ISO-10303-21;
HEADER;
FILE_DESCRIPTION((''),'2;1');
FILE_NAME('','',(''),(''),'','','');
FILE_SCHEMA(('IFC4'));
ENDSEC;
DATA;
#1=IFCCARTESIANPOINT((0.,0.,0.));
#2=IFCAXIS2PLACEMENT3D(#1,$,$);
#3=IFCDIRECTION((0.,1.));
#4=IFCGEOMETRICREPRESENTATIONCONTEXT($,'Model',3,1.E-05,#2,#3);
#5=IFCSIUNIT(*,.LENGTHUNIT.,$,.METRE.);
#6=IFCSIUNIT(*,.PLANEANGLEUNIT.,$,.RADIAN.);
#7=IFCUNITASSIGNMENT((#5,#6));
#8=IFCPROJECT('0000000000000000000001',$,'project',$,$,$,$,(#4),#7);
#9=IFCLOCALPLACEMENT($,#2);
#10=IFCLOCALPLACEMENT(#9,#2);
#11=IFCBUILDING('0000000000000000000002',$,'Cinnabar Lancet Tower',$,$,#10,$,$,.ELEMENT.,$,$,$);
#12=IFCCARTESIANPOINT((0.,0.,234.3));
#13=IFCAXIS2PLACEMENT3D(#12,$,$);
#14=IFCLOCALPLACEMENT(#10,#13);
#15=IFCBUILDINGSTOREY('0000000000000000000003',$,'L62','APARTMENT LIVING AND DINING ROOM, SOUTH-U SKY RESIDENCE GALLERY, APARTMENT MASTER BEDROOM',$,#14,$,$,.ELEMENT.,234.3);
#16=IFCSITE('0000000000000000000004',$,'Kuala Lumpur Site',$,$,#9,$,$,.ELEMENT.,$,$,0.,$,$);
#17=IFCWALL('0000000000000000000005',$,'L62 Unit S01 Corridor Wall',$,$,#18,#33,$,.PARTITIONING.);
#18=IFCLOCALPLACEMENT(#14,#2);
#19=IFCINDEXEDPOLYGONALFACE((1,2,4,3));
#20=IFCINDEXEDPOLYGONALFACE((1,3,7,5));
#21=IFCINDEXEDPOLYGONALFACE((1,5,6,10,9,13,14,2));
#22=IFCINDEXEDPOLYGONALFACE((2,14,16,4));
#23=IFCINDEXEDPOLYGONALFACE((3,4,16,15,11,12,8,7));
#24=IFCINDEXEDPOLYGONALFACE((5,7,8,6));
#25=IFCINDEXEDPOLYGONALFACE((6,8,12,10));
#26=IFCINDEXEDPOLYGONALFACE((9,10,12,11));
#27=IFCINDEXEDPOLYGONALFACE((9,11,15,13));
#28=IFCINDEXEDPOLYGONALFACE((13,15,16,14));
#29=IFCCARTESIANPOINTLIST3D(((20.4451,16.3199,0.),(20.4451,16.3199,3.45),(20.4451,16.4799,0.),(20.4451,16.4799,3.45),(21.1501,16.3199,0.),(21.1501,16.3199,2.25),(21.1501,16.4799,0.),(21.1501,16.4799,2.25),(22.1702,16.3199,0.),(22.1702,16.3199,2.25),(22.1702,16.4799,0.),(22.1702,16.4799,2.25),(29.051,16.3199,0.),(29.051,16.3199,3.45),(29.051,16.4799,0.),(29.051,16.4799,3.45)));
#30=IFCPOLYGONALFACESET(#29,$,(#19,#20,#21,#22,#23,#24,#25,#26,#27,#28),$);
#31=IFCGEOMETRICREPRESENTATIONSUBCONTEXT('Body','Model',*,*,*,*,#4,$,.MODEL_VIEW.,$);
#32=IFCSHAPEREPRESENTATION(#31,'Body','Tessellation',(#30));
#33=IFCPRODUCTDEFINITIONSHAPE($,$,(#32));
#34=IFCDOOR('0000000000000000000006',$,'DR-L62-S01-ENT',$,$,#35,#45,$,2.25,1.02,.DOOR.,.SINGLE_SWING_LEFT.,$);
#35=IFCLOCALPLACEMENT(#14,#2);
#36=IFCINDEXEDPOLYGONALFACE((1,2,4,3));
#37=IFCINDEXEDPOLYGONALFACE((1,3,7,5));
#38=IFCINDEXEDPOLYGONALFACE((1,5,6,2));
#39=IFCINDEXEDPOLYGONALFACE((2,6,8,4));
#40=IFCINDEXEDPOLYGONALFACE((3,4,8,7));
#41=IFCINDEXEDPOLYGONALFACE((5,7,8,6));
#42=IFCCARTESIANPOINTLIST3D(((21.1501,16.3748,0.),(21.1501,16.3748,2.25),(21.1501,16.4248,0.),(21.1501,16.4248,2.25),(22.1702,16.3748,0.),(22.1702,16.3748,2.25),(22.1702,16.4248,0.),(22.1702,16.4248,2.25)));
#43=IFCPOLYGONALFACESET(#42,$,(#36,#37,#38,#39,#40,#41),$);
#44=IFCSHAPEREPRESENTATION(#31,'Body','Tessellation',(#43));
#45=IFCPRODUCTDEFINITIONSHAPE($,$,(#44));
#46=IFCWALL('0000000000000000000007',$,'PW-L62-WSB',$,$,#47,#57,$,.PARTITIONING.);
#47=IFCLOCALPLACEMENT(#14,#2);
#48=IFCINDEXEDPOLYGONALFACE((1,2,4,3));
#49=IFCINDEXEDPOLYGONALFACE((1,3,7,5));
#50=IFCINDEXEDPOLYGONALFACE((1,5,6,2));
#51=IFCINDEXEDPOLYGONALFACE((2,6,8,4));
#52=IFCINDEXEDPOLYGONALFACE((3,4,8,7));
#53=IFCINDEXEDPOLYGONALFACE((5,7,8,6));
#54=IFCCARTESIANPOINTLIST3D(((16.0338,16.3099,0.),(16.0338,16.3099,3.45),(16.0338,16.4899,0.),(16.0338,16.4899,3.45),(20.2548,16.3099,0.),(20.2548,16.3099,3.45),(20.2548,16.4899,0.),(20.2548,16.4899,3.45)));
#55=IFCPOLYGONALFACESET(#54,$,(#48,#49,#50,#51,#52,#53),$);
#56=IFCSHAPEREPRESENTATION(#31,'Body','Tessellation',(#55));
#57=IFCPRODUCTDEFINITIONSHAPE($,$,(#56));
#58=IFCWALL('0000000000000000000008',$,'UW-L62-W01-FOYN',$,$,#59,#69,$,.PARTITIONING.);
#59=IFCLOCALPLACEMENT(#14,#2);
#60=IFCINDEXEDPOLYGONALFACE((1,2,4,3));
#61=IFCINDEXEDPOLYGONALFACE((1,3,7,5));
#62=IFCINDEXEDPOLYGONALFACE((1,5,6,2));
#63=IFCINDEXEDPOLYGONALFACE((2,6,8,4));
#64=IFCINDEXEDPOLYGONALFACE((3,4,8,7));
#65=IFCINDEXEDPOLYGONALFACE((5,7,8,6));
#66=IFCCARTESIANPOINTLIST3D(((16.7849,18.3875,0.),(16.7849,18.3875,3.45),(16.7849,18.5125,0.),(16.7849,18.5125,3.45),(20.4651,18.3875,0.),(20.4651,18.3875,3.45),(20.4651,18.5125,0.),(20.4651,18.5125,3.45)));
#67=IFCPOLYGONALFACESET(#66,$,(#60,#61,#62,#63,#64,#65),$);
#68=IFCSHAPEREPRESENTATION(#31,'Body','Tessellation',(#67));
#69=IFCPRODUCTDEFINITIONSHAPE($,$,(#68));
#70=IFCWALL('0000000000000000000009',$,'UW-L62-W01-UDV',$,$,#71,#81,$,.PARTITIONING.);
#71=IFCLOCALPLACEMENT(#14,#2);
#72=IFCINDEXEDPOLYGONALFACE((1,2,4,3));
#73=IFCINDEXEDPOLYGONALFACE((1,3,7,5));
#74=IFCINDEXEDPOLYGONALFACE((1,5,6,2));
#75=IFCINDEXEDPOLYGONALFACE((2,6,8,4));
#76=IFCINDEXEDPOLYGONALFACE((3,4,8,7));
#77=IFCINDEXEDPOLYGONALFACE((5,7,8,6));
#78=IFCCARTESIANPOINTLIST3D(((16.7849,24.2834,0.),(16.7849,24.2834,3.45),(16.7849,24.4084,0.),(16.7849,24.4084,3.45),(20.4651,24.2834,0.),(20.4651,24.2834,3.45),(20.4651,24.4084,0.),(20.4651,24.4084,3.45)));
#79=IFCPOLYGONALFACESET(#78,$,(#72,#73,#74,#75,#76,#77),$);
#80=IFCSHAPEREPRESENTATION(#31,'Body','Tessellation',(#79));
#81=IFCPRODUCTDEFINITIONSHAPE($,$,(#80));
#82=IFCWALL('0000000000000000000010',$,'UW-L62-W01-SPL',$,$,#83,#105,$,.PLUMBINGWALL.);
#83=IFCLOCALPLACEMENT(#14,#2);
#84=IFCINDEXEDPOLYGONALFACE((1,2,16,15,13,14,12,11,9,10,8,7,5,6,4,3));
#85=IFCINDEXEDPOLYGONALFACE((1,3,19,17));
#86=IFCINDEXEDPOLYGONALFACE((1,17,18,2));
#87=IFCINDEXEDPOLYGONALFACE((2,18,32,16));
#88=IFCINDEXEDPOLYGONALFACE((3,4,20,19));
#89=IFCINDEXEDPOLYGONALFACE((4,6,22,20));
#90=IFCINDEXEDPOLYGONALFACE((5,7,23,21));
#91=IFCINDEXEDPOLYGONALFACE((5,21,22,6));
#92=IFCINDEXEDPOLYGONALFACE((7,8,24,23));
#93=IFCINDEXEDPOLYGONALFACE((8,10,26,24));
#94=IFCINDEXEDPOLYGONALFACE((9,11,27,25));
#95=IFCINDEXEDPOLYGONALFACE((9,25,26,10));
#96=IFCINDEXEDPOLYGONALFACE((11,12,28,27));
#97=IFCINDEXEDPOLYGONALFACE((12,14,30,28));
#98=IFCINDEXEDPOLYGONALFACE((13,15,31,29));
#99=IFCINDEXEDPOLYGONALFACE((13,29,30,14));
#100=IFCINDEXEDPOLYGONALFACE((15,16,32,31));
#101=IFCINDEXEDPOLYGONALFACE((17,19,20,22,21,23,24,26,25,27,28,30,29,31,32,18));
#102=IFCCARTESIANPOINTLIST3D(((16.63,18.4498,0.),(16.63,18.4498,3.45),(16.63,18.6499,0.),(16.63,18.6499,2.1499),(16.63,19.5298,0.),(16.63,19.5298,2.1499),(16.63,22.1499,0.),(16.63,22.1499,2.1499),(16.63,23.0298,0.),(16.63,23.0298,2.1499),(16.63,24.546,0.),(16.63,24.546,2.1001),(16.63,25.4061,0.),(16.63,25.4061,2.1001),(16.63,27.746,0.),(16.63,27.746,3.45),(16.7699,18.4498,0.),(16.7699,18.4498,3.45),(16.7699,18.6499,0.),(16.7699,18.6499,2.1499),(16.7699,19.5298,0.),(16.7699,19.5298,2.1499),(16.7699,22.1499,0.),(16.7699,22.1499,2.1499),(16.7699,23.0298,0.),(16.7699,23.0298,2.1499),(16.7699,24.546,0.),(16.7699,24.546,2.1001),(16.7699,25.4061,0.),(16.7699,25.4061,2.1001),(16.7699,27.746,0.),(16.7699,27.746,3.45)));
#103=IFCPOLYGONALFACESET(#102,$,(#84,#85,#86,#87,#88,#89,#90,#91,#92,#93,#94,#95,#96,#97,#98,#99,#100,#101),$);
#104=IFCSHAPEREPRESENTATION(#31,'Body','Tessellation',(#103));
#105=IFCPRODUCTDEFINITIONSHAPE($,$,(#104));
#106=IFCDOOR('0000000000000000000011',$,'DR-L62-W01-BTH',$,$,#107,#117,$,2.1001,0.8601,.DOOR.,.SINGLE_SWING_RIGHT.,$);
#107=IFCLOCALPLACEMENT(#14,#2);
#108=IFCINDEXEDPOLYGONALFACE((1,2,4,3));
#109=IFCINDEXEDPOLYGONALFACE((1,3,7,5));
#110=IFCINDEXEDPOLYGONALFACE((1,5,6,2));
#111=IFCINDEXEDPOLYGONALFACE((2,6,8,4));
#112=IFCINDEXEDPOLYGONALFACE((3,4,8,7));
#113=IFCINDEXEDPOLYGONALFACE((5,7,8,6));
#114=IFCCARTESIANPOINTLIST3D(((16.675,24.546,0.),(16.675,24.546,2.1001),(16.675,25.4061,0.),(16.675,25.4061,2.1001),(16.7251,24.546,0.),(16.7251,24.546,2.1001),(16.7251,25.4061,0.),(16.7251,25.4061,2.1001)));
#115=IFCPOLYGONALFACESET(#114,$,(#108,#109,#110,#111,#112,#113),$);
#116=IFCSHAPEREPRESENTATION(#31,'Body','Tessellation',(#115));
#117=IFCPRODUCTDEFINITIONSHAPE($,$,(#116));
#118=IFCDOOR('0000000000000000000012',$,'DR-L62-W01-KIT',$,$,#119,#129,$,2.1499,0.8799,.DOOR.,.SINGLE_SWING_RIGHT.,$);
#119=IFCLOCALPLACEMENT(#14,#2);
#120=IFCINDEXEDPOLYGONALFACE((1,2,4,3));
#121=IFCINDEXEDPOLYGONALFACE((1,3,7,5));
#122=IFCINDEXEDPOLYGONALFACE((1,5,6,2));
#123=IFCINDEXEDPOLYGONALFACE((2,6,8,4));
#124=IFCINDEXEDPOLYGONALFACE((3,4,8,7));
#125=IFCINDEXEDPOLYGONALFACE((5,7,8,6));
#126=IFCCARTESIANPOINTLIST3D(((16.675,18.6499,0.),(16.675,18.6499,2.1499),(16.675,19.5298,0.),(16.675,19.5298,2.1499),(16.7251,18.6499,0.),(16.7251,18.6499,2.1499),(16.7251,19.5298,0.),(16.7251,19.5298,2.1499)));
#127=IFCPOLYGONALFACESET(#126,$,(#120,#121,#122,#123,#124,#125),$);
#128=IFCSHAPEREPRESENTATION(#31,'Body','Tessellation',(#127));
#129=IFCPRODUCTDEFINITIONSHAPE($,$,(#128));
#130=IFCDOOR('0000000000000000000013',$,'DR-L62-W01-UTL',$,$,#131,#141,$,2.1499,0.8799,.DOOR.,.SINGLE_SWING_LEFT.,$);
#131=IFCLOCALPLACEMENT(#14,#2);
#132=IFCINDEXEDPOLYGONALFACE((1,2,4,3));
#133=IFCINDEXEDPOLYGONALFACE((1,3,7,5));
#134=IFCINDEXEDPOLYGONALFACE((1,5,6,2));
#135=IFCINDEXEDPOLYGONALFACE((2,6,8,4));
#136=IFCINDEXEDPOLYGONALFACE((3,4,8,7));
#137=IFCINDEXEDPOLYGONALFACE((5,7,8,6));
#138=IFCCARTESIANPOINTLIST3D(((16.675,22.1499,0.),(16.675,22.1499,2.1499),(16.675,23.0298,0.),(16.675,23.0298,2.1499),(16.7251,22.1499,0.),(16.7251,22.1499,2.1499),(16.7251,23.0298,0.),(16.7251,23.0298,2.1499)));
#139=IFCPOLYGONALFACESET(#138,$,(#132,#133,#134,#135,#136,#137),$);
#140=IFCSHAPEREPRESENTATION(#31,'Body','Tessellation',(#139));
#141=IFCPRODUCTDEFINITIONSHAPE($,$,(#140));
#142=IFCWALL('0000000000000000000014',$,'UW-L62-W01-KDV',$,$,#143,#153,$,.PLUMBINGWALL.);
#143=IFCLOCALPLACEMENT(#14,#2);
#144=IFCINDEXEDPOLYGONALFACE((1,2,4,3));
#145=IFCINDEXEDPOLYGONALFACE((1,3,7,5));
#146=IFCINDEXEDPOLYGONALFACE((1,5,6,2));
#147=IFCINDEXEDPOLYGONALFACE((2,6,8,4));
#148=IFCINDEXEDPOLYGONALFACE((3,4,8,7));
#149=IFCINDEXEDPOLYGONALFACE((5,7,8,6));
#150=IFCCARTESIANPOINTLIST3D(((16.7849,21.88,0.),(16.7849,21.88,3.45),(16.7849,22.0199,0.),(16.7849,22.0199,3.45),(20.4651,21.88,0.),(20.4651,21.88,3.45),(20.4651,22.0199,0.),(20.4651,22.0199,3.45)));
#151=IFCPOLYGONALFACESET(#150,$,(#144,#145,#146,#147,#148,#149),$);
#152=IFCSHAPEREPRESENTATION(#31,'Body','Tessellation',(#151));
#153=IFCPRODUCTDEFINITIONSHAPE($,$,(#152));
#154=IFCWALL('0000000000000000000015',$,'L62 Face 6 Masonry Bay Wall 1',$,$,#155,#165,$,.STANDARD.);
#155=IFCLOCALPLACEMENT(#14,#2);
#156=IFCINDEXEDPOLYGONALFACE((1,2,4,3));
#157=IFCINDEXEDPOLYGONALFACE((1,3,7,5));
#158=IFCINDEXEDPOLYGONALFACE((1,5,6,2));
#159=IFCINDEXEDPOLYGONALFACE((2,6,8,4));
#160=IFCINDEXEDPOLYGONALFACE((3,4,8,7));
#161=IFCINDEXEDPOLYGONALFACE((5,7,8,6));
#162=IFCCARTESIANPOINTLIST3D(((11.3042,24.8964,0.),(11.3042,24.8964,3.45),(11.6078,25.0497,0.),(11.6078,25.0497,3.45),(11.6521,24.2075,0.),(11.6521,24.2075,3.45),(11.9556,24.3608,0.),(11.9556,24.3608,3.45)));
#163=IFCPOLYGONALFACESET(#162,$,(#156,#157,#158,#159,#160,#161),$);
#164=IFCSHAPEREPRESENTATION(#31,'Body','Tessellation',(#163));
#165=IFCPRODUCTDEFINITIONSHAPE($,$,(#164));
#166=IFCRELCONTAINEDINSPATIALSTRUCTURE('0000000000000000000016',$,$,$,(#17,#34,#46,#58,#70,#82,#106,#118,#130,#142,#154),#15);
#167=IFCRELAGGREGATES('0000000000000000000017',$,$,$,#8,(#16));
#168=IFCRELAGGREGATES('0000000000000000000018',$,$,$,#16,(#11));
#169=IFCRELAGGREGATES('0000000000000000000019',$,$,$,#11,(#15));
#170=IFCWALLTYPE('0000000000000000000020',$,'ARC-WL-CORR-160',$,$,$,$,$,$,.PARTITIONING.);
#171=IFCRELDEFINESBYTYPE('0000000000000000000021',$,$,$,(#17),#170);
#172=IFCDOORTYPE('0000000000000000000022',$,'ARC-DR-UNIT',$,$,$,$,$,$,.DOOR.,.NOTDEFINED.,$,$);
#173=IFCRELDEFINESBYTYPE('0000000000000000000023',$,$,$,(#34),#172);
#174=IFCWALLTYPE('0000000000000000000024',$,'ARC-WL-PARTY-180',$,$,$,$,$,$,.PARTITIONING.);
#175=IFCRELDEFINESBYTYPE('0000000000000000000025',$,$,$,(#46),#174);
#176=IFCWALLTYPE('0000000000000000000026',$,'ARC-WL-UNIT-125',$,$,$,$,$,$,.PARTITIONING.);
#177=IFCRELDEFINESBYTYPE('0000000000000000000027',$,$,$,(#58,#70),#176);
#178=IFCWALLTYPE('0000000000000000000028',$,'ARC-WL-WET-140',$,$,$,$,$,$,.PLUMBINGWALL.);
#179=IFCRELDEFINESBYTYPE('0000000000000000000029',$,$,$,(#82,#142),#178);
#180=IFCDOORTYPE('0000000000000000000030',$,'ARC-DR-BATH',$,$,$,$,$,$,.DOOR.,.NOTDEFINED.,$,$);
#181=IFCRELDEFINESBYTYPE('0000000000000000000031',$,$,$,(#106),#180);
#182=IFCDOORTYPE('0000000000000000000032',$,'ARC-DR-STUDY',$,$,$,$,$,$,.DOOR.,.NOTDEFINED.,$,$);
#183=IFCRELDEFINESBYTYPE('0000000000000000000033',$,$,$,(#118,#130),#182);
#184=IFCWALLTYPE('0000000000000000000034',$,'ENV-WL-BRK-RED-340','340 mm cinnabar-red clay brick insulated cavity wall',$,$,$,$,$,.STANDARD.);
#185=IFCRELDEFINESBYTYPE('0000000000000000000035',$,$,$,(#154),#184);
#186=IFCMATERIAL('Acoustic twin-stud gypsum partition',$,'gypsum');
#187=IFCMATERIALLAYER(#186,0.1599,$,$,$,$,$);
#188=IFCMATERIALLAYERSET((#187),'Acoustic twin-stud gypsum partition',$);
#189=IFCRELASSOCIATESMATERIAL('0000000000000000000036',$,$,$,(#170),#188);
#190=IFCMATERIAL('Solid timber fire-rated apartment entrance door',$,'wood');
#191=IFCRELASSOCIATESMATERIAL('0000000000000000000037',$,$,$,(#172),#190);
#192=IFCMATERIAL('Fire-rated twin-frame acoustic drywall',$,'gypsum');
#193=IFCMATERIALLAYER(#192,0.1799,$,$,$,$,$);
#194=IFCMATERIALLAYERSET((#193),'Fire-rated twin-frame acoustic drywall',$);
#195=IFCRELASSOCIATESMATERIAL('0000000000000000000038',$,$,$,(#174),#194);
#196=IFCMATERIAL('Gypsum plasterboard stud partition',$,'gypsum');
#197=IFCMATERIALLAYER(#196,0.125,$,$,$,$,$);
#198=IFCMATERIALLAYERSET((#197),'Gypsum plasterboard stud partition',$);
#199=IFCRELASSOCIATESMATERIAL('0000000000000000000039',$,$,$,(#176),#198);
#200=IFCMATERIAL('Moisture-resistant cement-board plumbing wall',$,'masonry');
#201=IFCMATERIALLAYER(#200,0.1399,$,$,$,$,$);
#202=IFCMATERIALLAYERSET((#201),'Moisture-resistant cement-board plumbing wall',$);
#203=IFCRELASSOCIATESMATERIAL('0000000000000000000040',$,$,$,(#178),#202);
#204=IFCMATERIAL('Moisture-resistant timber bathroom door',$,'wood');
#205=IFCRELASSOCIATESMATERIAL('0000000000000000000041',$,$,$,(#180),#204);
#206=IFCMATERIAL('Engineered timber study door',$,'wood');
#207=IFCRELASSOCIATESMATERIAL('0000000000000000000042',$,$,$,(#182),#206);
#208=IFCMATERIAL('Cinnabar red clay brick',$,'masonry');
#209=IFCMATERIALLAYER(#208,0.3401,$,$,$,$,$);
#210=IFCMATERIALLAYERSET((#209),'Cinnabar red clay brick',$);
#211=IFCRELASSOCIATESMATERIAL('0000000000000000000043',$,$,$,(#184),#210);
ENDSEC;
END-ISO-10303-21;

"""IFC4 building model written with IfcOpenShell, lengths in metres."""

from ifc_helpers import new_model, si_unit, direction, frame, frame_2d, origin, place, context, subcontext, project, spatial, rectangle, extrude, material, layer, layer_set, type_object, element, fill, save


model = new_model("IFC4")

# Units and contexts
model_context = context("Model", 3, precision=1e-05, world=origin(), true_north=direction((0.0, 1.0)))
body_context = subcontext(model_context, "Body", "Model", "MODEL_VIEW")
ifc_project = project(units=[si_unit("LENGTHUNIT", "METRE"), si_unit("PLANEANGLEUNIT", "RADIAN")], contexts=[model_context])

# Site, building, storey
site_placement = place(None, origin())
site = spatial("IfcSite", under=ifc_project, at=site_placement, Name="Kuala Lumpur Site", CompositionType="ELEMENT", RefElevation=0.0)
building_placement = place(site_placement, origin())
building = spatial("IfcBuilding", under=site, at=building_placement, Name="Cinnabar Lancet Tower", CompositionType="ELEMENT")
storey_placement = place(building_placement, frame((0.0, 0.0, 234.3)))
storey = spatial("IfcBuildingStorey", under=building, at=storey_placement, Name="L62", Description="APARTMENT LIVING AND DINING ROOM, SOUTH-U SKY RESIDENCE GALLERY, APARTMENT MASTER BEDROOM", CompositionType="ELEMENT", Elevation=234.3)

# Wall, opening, door
ifc_material_1 = material(Name="Acoustic twin-stud gypsum partition", Category="gypsum")
ifc_layer_1 = layer(ifc_material_1, 0.1599)
ifc_layer_set_1 = layer_set([ifc_layer_1], Name="Acoustic twin-stud gypsum partition")
wall_type_1 = type_object("IfcWallType", Name="ARC-WL-CORR-160", PredefinedType="PARTITIONING", material=ifc_layer_set_1)
wall_1_placement = place(storey_placement, frame((20.4451, 16.3999, 0.0), z_axis=(0.0, 0.0, 1.0), x_axis=(1.0, 0.0, 0.0)))
wall_1 = element("IfcWall", 1, at=wall_1_placement, inside=storey, type_object=wall_type_1, Name="L62 Unit S01 Corridor Wall", PredefinedType="PARTITIONING", context=body_context, shape_type="SweptSolid", body=[
    extrude(rectangle(XDim=8.606, YDim=0.1599, at=frame_2d((4.303, 0.0))), origin(), (0.0, 0.0, 1.0), 3.45),
])
opening_1_placement = place(wall_1_placement, frame((0.7051, 0.0, 0.0)))
opening_1 = element("IfcOpeningElement", 2, at=opening_1_placement, cuts=wall_1, PredefinedType="OPENING", context=body_context, shape_type="SweptSolid", body=[
    extrude(rectangle(XDim=1.02, YDim=2.25, at=frame_2d((0.51, 1.125))), frame((0.0, 0.0898, 0.0), z_axis=(0.0, -1.0, 0.0), x_axis=(1.0, 0.0, 0.0)), (0.0, 0.0, 1.0), 0.1799),
])
ifc_material_2 = material(Name="Solid timber fire-rated apartment entrance door", Category="wood")
door_type_1 = type_object("IfcDoorType", Name="ARC-DR-UNIT", OperationType="NOTDEFINED", PredefinedType="DOOR", material=ifc_material_2)
door_1_placement = place(opening_1_placement, origin())
door_1 = element("IfcDoor", 3, at=door_1_placement, inside=storey, type_object=door_type_1, Name="DR-L62-S01-ENT", OperationType="SINGLE_SWING_LEFT", OverallHeight=2.25, OverallWidth=1.02, PredefinedType="DOOR", context=body_context, shape_type="SweptSolid", body=[
    extrude(rectangle(XDim=1.02, YDim=2.25, at=frame_2d((0.51, 1.125))), frame((0.0, 0.0249, 0.0), z_axis=(0.0, -1.0, 0.0), x_axis=(1.0, 0.0, 0.0)), (0.0, 0.0, 1.0), 0.05),
])
fill(opening_1, door_1)

# Walls
ifc_material_3 = material(Name="Fire-rated twin-frame acoustic drywall", Category="gypsum")
ifc_layer_2 = layer(ifc_material_3, 0.1799)
ifc_layer_set_2 = layer_set([ifc_layer_2], Name="Fire-rated twin-frame acoustic drywall")
wall_type_2 = type_object("IfcWallType", Name="ARC-WL-PARTY-180", PredefinedType="PARTITIONING", material=ifc_layer_set_2)
wall_2_placement = place(storey_placement, frame((16.0339, 16.3999, 0.0), z_axis=(0.0, 0.0, 1.0), x_axis=(1.0, 0.0, 0.0)))
element("IfcWall", 4, at=wall_2_placement, inside=storey, type_object=wall_type_2, Name="PW-L62-WSB", PredefinedType="PARTITIONING", context=body_context, shape_type="SweptSolid", body=[
    extrude(rectangle(XDim=4.2209, YDim=0.1799, at=frame_2d((2.1104, 0.0))), origin(), (0.0, 0.0, 1.0), 3.45),
])
ifc_material_4 = material(Name="Gypsum plasterboard stud partition", Category="gypsum")
ifc_layer_3 = layer(ifc_material_4, 0.125)
ifc_layer_set_3 = layer_set([ifc_layer_3], Name="Gypsum plasterboard stud partition")
wall_type_3 = type_object("IfcWallType", Name="ARC-WL-UNIT-125", PredefinedType="PARTITIONING", material=ifc_layer_set_3)
for number, where, z_axis, x_axis, name in (
    (5, (16.7849, 18.45, 0.0), (0.0, 0.0, 1.0), (1.0, 0.0, 0.0), "UW-L62-W01-FOYN"),
    (6, (16.7849, 24.3459, 0.0), (0.0, 0.0, 1.0), (1.0, 0.0, 0.0), "UW-L62-W01-UDV"),
):
    element("IfcWall", number, at=place(storey_placement, frame(where, z_axis=z_axis, x_axis=x_axis)), inside=storey, type_object=wall_type_3, Name=name, PredefinedType="PARTITIONING", context=body_context, shape_type="SweptSolid", body=[
        extrude(rectangle(XDim=3.6802, YDim=0.125, at=frame_2d((1.8401, 0.0))), origin(), (0.0, 0.0, 1.0), 3.45),
    ])

# Wall, openings, doors
ifc_material_5 = material(Name="Moisture-resistant cement-board plumbing wall", Category="masonry")
ifc_layer_4 = layer(ifc_material_5, 0.1399)
ifc_layer_set_4 = layer_set([ifc_layer_4], Name="Moisture-resistant cement-board plumbing wall")
wall_type_4 = type_object("IfcWallType", Name="ARC-WL-WET-140", PredefinedType="PLUMBINGWALL", material=ifc_layer_set_4)
wall_3_placement = place(storey_placement, frame((16.7, 18.45, 0.0), z_axis=(0.0, 0.0, 1.0), x_axis=(0.0, 1.0, 0.0)))
wall_3 = element("IfcWall", 7, at=wall_3_placement, inside=storey, type_object=wall_type_4, Name="UW-L62-W01-SPL", PredefinedType="PLUMBINGWALL", context=body_context, shape_type="SweptSolid", body=[
    extrude(rectangle(XDim=9.2961, YDim=0.1399, at=frame_2d((4.6479, 0.0))), origin(), (0.0, 0.0, 1.0), 3.45),
])
opening_2_placement = place(wall_3_placement, frame((0.2, 0.0, 0.0)))
opening_2 = element("IfcOpeningElement", 8, at=opening_2_placement, cuts=wall_3, PredefinedType="OPENING", context=body_context, shape_type="SweptSolid", body=[
    extrude(rectangle(XDim=0.8799, YDim=2.1499, at=frame_2d((0.4399, 1.075))), frame((0.0, 0.0798, 0.0), z_axis=(0.0, -1.0, 0.0), x_axis=(1.0, 0.0, 0.0)), (0.0, 0.0, 1.0), 0.1599),
])
opening_3_placement = place(wall_3_placement, frame((3.7, 0.0, 0.0)))
opening_3 = element("IfcOpeningElement", 9, at=opening_3_placement, cuts=wall_3, PredefinedType="OPENING", context=body_context, shape_type="SweptSolid", body=[
    extrude(rectangle(XDim=0.8799, YDim=2.1499, at=frame_2d((0.4399, 1.075))), frame((0.0, 0.0798, 0.0), z_axis=(0.0, -1.0, 0.0), x_axis=(1.0, 0.0, 0.0)), (0.0, 0.0, 1.0), 0.1599),
])
opening_4_placement = place(wall_3_placement, frame((6.0959, 0.0, 0.0)))
opening_4 = element("IfcOpeningElement", 10, at=opening_4_placement, cuts=wall_3, PredefinedType="OPENING", context=body_context, shape_type="SweptSolid", body=[
    extrude(rectangle(XDim=0.8601, YDim=2.1001, at=frame_2d((0.4302, 1.05))), frame((0.0, 0.0798, 0.0), z_axis=(0.0, -1.0, 0.0), x_axis=(1.0, 0.0, 0.0)), (0.0, 0.0, 1.0), 0.1599),
])
ifc_material_6 = material(Name="Moisture-resistant timber bathroom door", Category="wood")
door_type_2 = type_object("IfcDoorType", Name="ARC-DR-BATH", OperationType="NOTDEFINED", PredefinedType="DOOR", material=ifc_material_6)
door_2_placement = place(opening_4_placement, origin())
door_2 = element("IfcDoor", 11, at=door_2_placement, inside=storey, type_object=door_type_2, Name="DR-L62-W01-BTH", OperationType="SINGLE_SWING_RIGHT", OverallHeight=2.1001, OverallWidth=0.8601, PredefinedType="DOOR", context=body_context, shape_type="SweptSolid", body=[
    extrude(rectangle(XDim=0.8601, YDim=2.1001, at=frame_2d((0.4302, 1.05))), frame((0.0, 0.0249, 0.0), z_axis=(0.0, -1.0, 0.0), x_axis=(1.0, 0.0, 0.0)), (0.0, 0.0, 1.0), 0.05),
])
fill(opening_4, door_2)
ifc_material_7 = material(Name="Engineered timber study door", Category="wood")
door_type_3 = type_object("IfcDoorType", Name="ARC-DR-STUDY", OperationType="NOTDEFINED", PredefinedType="DOOR", material=ifc_material_7)
door_3_placement = place(opening_2_placement, origin())
door_3 = element("IfcDoor", 12, at=door_3_placement, inside=storey, type_object=door_type_3, Name="DR-L62-W01-KIT", OperationType="SINGLE_SWING_RIGHT", OverallHeight=2.1499, OverallWidth=0.8799, PredefinedType="DOOR", context=body_context, shape_type="SweptSolid", body=[
    extrude(rectangle(XDim=0.8799, YDim=2.1499, at=frame_2d((0.4399, 1.075))), frame((0.0, 0.0249, 0.0), z_axis=(0.0, -1.0, 0.0), x_axis=(1.0, 0.0, 0.0)), (0.0, 0.0, 1.0), 0.05),
])
fill(opening_2, door_3)
door_4_placement = place(opening_3_placement, origin())
door_4 = element("IfcDoor", 13, at=door_4_placement, inside=storey, type_object=door_type_3, Name="DR-L62-W01-UTL", OperationType="SINGLE_SWING_LEFT", OverallHeight=2.1499, OverallWidth=0.8799, PredefinedType="DOOR", context=body_context, shape_type="SweptSolid", body=[
    extrude(rectangle(XDim=0.8799, YDim=2.1499, at=frame_2d((0.4399, 1.075))), frame((0.0, 0.0249, 0.0), z_axis=(0.0, -1.0, 0.0), x_axis=(1.0, 0.0, 0.0)), (0.0, 0.0, 1.0), 0.05),
])
fill(opening_3, door_4)

# Walls
wall_4_placement = place(storey_placement, frame((16.7849, 21.95, 0.0), z_axis=(0.0, 0.0, 1.0), x_axis=(1.0, 0.0, 0.0)))
element("IfcWall", 14, at=wall_4_placement, inside=storey, type_object=wall_type_4, Name="UW-L62-W01-KDV", PredefinedType="PLUMBINGWALL", context=body_context, shape_type="SweptSolid", body=[
    extrude(rectangle(XDim=3.6802, YDim=0.1399, at=frame_2d((1.8401, 0.0))), origin(), (0.0, 0.0, 1.0), 3.45),
])
ifc_material_8 = material(Name="Cinnabar red clay brick", Category="masonry")
ifc_layer_5 = layer(ifc_material_8, 0.3401)
ifc_layer_set_5 = layer_set([ifc_layer_5], Name="Cinnabar red clay brick")
wall_type_5 = type_object("IfcWallType", Name="ENV-WL-BRK-RED-340", Description="340 mm cinnabar-red clay brick insulated cavity wall", PredefinedType="STANDARD", material=ifc_layer_set_5)
wall_5_placement = place(storey_placement, frame((11.4561, 24.9729, 0.0), z_axis=(0.0, 0.0, 1.0), x_axis=(0.450753, -0.892649, 0.0)))
element("IfcWall", 15, at=wall_5_placement, inside=storey, type_object=wall_type_5, Name="L62 Face 6 Masonry Bay Wall 1", PredefinedType="STANDARD", context=body_context, shape_type="SweptSolid", body=[
    extrude(rectangle(XDim=0.7717, YDim=0.3401, at=frame_2d((0.3857, 0.0))), origin(), (0.0, 0.0, 1.0), 3.45),
])

save(model, "model.ifc")
